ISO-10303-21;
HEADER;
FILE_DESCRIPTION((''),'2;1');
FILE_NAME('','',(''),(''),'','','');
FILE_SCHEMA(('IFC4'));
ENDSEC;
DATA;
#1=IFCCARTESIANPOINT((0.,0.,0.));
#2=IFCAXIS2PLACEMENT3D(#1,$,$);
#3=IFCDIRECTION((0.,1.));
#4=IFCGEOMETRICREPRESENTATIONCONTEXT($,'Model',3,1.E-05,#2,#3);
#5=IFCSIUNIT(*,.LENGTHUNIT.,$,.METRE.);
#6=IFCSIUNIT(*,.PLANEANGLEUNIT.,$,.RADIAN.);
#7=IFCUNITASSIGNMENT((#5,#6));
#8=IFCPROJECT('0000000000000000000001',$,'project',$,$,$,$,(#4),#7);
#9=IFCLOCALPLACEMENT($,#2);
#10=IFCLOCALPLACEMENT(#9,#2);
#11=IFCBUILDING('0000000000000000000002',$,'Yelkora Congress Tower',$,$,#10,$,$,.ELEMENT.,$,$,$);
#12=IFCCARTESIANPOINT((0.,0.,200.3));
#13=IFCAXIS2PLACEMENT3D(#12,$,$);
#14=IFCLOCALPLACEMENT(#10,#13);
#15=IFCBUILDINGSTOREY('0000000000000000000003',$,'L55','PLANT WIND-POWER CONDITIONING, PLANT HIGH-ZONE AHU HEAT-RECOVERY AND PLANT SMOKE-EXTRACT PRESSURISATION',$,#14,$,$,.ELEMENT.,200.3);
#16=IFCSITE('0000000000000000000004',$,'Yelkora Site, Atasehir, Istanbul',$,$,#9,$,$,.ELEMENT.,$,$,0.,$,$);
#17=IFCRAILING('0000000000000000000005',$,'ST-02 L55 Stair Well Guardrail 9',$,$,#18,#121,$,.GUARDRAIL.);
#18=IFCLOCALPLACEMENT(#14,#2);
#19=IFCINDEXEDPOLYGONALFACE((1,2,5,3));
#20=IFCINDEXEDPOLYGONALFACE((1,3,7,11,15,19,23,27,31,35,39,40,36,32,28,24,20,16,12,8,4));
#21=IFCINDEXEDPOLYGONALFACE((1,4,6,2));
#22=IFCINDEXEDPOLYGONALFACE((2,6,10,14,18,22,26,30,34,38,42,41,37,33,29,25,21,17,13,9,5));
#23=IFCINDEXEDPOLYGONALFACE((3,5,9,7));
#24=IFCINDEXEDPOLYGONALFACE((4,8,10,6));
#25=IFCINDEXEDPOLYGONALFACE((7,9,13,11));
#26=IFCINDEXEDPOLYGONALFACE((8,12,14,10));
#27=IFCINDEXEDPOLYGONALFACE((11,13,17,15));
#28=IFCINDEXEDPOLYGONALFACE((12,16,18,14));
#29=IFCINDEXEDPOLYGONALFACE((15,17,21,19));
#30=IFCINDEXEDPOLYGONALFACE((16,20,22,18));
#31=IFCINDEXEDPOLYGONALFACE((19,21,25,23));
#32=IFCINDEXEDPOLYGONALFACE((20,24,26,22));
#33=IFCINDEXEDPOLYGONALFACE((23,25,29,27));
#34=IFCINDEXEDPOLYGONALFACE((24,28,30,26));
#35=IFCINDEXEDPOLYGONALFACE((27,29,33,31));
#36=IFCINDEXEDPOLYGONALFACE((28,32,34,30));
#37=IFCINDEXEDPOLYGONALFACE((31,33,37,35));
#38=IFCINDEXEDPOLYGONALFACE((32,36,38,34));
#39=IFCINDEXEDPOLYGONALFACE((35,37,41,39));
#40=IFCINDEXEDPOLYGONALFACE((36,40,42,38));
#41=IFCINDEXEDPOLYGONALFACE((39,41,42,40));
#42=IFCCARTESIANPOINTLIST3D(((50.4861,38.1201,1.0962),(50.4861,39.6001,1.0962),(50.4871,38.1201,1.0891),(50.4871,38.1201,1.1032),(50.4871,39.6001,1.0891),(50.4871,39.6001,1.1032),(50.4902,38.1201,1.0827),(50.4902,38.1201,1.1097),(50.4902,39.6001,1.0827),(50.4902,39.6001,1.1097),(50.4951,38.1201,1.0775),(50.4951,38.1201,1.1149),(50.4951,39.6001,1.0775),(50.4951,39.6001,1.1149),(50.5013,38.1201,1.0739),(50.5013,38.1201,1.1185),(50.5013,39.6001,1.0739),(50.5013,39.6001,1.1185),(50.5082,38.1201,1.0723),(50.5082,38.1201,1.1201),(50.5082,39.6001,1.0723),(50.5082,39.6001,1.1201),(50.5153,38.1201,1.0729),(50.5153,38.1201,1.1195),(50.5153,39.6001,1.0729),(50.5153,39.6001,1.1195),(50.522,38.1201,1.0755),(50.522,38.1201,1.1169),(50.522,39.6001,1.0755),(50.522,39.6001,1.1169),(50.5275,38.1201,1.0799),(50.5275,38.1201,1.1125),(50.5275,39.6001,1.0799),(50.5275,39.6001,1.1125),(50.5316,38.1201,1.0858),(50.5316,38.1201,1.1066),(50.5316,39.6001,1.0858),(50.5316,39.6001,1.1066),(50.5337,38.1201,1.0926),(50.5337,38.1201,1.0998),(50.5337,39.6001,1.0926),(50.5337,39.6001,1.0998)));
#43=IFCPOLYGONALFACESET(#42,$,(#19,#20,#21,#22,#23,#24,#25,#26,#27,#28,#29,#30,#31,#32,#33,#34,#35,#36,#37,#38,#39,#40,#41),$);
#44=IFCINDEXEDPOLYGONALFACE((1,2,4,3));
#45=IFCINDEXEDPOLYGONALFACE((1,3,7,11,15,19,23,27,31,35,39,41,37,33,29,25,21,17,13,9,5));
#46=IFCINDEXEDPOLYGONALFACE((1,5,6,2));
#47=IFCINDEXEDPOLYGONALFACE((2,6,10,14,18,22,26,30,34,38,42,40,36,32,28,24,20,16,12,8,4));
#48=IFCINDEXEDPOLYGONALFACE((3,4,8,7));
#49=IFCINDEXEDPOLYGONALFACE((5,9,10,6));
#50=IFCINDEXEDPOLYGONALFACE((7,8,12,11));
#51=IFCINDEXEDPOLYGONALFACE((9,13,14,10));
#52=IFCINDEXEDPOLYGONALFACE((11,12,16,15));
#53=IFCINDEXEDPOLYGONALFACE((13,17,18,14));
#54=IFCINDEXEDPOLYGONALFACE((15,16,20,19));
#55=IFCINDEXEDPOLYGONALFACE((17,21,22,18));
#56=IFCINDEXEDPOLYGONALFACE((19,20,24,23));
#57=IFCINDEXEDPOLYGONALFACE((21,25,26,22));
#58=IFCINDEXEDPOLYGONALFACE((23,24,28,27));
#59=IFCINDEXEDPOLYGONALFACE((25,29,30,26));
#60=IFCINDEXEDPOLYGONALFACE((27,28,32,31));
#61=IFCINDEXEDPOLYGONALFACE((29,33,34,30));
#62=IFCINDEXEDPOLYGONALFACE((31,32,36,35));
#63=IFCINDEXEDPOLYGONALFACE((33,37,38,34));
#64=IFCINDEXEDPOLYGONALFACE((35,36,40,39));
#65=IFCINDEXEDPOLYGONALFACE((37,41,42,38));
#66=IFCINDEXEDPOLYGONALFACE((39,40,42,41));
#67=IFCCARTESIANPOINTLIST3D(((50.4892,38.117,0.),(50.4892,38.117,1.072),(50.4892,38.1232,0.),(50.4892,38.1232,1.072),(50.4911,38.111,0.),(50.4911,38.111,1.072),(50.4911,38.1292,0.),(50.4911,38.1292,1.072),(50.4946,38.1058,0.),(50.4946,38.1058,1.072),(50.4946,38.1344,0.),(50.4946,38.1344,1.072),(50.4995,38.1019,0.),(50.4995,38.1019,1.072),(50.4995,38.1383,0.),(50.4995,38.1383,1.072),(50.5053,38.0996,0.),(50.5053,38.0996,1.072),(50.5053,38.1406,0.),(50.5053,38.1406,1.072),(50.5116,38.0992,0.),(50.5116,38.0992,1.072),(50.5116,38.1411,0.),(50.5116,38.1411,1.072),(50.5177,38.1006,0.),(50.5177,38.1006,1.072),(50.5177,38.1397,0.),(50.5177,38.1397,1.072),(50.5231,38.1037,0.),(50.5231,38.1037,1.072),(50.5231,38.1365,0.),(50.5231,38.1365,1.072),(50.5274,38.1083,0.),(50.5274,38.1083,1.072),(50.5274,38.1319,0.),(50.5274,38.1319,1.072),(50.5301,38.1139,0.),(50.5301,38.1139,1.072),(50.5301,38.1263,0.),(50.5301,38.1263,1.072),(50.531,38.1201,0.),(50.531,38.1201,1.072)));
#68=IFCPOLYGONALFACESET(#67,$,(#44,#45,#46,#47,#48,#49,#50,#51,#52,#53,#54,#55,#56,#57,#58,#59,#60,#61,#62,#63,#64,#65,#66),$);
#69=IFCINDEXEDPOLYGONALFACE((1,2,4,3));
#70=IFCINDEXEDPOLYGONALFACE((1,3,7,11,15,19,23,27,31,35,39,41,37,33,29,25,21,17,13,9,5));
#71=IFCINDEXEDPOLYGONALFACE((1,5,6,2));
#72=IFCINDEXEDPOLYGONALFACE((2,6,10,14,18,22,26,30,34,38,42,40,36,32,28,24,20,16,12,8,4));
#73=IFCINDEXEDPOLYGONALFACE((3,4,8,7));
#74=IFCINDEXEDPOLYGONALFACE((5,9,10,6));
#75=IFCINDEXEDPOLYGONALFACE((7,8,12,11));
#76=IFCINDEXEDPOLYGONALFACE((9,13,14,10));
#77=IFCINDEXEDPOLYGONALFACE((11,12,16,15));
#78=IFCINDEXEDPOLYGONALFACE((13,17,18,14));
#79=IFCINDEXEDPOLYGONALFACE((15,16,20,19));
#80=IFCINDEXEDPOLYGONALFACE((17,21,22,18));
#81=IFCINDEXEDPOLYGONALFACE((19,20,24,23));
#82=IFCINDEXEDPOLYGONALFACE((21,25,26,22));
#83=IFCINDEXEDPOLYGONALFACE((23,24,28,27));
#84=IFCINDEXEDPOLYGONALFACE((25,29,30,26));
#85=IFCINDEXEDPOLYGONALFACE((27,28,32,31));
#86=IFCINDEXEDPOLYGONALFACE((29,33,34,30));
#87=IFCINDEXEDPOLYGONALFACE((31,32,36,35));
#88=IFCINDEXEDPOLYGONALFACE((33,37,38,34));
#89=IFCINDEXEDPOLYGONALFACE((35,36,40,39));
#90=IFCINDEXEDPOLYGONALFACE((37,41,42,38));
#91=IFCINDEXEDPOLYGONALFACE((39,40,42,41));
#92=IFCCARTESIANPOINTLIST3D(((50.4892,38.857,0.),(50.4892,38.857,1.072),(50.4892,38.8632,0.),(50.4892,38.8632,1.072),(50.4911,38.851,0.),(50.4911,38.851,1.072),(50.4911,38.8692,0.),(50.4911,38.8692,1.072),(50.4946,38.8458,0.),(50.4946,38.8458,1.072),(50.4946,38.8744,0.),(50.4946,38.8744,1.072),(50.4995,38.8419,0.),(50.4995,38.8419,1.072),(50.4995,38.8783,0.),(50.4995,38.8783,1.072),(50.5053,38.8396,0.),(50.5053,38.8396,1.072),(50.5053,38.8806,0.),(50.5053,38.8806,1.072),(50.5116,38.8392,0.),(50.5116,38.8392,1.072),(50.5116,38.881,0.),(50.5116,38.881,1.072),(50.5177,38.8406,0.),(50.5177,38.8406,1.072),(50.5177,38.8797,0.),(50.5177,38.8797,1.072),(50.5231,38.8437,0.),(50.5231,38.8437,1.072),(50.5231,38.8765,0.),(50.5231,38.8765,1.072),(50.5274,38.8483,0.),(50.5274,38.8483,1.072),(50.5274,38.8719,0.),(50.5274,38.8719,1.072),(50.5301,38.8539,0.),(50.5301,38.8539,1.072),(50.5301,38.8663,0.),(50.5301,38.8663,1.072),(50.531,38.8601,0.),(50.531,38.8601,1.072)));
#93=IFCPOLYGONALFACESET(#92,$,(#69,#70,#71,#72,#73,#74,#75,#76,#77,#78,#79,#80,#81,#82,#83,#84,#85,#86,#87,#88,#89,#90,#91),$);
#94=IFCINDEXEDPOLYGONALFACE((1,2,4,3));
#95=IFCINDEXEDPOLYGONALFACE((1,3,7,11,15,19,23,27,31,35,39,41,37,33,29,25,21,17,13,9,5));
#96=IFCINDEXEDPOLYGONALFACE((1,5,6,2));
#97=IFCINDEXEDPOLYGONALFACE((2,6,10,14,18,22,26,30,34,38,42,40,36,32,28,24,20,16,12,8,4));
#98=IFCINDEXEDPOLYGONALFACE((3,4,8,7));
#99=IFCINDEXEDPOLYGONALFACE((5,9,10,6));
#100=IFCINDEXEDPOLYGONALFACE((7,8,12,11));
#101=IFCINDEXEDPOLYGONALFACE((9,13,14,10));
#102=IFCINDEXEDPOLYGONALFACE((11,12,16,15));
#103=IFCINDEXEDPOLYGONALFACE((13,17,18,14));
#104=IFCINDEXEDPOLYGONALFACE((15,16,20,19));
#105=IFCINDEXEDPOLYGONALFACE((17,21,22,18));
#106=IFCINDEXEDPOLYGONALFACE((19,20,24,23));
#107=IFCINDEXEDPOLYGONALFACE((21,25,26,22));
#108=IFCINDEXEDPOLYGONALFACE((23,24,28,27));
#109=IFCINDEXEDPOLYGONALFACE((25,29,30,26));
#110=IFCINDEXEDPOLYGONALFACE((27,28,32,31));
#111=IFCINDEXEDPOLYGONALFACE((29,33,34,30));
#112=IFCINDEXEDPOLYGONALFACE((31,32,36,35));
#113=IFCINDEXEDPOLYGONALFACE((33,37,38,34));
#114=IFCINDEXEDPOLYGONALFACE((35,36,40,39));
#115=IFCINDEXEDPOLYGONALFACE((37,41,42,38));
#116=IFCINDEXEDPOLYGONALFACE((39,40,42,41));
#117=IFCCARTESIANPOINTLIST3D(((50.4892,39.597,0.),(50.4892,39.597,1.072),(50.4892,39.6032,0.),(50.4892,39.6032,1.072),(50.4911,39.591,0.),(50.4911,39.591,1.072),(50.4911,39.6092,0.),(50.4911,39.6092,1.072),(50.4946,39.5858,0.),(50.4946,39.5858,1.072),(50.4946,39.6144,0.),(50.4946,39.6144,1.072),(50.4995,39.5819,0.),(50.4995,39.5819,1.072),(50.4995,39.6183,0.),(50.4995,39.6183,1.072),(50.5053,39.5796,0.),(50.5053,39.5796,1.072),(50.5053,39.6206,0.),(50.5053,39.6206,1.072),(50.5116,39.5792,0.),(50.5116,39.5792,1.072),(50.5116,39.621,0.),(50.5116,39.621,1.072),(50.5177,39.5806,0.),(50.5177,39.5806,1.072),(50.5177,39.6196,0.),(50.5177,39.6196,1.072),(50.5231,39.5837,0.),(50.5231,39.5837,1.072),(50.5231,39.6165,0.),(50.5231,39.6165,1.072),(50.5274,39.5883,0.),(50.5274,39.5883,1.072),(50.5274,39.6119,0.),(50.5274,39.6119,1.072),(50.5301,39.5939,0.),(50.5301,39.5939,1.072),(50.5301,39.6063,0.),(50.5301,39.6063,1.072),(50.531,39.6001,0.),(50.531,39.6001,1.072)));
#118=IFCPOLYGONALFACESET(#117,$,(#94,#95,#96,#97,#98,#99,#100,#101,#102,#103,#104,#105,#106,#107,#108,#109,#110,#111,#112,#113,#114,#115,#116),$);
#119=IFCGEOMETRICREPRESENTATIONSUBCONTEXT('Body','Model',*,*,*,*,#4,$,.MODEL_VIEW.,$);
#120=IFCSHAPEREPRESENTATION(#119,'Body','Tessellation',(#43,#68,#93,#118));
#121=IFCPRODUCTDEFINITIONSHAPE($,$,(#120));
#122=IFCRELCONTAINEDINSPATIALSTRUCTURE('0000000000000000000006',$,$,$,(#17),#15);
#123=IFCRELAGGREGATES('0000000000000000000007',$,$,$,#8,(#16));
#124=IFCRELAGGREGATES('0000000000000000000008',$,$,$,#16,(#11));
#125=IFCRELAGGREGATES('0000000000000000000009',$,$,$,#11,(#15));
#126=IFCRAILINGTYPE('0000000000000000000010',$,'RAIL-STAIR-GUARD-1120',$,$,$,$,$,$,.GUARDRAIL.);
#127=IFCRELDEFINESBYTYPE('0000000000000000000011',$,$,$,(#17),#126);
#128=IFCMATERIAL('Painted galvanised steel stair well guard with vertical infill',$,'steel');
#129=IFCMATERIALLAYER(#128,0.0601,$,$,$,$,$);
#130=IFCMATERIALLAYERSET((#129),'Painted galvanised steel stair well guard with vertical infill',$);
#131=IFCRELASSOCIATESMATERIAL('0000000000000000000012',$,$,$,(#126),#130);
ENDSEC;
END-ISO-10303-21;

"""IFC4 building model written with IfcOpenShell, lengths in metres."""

from ifc_helpers import new_model, si_unit, direction, frame, origin, origin_2d, place, context, subcontext, project, spatial, circle, extrude, material, layer, layer_set, type_object, element, save


model = new_model("IFC4")

# Units and contexts
model_context = context("Model", 3, precision=1e-05, world=origin(), true_north=direction((0.0, 1.0)))
body_context = subcontext(model_context, "Body", "Model", "MODEL_VIEW")
ifc_project = project(units=[si_unit("LENGTHUNIT", "METRE"), si_unit("PLANEANGLEUNIT", "RADIAN")], contexts=[model_context])

# Site, building, storey
site_placement = place(None, origin())
site = spatial("IfcSite", under=ifc_project, at=site_placement, Name="Yelkora Site, Atasehir, Istanbul", CompositionType="ELEMENT", RefElevation=0.0)
building_placement = place(site_placement, origin())
building = spatial("IfcBuilding", under=site, at=building_placement, Name="Yelkora Congress Tower", CompositionType="ELEMENT")
storey_placement = place(building_placement, frame((0.0, 0.0, 200.3)))
storey = spatial("IfcBuildingStorey", under=building, at=storey_placement, Name="L55", Description="PLANT WIND-POWER CONDITIONING, PLANT HIGH-ZONE AHU HEAT-RECOVERY AND PLANT SMOKE-EXTRACT PRESSURISATION", CompositionType="ELEMENT", Elevation=200.3)

# Railing
ifc_material_1 = material(Name="Painted galvanised steel stair well guard with vertical infill", Category="steel")
ifc_layer_1 = layer(ifc_material_1, 0.0601)
ifc_layer_set_1 = layer_set([ifc_layer_1], Name="Painted galvanised steel stair well guard with vertical infill")
railing_type_1 = type_object("IfcRailingType", Name="RAIL-STAIR-GUARD-1120", PredefinedType="GUARDRAIL", material=ifc_layer_set_1)
for number, where, name in (
    (1, (50.51, 38.1201, 0.0), "ST-02 L55 Stair Well Guardrail 9"),
):
    element("IfcRailing", number, at=place(storey_placement, frame(where)), inside=storey, type_object=railing_type_1, Name=name, PredefinedType="GUARDRAIL", context=body_context, shape_type="SweptSolid", body=[
        extrude(circle(Radius=0.0239, at=origin_2d()), frame((0.0, 0.0, 1.0962), z_axis=(0.0, 1.0, 0.0), x_axis=(-1.0, 0.0, 0.0)), (0.0, 0.0, 1.0), 1.48),
        extrude(circle(Radius=0.021, at=origin_2d()), origin(), (0.0, 0.0, 1.0), 1.072),
        extrude(circle(Radius=0.021, at=origin_2d()), frame((0.0, 0.74, 0.0)), (0.0, 0.0, 1.0), 1.072),
        extrude(circle(Radius=0.021, at=origin_2d()), frame((0.0, 1.48, 0.0)), (0.0, 0.0, 1.0), 1.072),
    ])

save(model, "model.ifc")
